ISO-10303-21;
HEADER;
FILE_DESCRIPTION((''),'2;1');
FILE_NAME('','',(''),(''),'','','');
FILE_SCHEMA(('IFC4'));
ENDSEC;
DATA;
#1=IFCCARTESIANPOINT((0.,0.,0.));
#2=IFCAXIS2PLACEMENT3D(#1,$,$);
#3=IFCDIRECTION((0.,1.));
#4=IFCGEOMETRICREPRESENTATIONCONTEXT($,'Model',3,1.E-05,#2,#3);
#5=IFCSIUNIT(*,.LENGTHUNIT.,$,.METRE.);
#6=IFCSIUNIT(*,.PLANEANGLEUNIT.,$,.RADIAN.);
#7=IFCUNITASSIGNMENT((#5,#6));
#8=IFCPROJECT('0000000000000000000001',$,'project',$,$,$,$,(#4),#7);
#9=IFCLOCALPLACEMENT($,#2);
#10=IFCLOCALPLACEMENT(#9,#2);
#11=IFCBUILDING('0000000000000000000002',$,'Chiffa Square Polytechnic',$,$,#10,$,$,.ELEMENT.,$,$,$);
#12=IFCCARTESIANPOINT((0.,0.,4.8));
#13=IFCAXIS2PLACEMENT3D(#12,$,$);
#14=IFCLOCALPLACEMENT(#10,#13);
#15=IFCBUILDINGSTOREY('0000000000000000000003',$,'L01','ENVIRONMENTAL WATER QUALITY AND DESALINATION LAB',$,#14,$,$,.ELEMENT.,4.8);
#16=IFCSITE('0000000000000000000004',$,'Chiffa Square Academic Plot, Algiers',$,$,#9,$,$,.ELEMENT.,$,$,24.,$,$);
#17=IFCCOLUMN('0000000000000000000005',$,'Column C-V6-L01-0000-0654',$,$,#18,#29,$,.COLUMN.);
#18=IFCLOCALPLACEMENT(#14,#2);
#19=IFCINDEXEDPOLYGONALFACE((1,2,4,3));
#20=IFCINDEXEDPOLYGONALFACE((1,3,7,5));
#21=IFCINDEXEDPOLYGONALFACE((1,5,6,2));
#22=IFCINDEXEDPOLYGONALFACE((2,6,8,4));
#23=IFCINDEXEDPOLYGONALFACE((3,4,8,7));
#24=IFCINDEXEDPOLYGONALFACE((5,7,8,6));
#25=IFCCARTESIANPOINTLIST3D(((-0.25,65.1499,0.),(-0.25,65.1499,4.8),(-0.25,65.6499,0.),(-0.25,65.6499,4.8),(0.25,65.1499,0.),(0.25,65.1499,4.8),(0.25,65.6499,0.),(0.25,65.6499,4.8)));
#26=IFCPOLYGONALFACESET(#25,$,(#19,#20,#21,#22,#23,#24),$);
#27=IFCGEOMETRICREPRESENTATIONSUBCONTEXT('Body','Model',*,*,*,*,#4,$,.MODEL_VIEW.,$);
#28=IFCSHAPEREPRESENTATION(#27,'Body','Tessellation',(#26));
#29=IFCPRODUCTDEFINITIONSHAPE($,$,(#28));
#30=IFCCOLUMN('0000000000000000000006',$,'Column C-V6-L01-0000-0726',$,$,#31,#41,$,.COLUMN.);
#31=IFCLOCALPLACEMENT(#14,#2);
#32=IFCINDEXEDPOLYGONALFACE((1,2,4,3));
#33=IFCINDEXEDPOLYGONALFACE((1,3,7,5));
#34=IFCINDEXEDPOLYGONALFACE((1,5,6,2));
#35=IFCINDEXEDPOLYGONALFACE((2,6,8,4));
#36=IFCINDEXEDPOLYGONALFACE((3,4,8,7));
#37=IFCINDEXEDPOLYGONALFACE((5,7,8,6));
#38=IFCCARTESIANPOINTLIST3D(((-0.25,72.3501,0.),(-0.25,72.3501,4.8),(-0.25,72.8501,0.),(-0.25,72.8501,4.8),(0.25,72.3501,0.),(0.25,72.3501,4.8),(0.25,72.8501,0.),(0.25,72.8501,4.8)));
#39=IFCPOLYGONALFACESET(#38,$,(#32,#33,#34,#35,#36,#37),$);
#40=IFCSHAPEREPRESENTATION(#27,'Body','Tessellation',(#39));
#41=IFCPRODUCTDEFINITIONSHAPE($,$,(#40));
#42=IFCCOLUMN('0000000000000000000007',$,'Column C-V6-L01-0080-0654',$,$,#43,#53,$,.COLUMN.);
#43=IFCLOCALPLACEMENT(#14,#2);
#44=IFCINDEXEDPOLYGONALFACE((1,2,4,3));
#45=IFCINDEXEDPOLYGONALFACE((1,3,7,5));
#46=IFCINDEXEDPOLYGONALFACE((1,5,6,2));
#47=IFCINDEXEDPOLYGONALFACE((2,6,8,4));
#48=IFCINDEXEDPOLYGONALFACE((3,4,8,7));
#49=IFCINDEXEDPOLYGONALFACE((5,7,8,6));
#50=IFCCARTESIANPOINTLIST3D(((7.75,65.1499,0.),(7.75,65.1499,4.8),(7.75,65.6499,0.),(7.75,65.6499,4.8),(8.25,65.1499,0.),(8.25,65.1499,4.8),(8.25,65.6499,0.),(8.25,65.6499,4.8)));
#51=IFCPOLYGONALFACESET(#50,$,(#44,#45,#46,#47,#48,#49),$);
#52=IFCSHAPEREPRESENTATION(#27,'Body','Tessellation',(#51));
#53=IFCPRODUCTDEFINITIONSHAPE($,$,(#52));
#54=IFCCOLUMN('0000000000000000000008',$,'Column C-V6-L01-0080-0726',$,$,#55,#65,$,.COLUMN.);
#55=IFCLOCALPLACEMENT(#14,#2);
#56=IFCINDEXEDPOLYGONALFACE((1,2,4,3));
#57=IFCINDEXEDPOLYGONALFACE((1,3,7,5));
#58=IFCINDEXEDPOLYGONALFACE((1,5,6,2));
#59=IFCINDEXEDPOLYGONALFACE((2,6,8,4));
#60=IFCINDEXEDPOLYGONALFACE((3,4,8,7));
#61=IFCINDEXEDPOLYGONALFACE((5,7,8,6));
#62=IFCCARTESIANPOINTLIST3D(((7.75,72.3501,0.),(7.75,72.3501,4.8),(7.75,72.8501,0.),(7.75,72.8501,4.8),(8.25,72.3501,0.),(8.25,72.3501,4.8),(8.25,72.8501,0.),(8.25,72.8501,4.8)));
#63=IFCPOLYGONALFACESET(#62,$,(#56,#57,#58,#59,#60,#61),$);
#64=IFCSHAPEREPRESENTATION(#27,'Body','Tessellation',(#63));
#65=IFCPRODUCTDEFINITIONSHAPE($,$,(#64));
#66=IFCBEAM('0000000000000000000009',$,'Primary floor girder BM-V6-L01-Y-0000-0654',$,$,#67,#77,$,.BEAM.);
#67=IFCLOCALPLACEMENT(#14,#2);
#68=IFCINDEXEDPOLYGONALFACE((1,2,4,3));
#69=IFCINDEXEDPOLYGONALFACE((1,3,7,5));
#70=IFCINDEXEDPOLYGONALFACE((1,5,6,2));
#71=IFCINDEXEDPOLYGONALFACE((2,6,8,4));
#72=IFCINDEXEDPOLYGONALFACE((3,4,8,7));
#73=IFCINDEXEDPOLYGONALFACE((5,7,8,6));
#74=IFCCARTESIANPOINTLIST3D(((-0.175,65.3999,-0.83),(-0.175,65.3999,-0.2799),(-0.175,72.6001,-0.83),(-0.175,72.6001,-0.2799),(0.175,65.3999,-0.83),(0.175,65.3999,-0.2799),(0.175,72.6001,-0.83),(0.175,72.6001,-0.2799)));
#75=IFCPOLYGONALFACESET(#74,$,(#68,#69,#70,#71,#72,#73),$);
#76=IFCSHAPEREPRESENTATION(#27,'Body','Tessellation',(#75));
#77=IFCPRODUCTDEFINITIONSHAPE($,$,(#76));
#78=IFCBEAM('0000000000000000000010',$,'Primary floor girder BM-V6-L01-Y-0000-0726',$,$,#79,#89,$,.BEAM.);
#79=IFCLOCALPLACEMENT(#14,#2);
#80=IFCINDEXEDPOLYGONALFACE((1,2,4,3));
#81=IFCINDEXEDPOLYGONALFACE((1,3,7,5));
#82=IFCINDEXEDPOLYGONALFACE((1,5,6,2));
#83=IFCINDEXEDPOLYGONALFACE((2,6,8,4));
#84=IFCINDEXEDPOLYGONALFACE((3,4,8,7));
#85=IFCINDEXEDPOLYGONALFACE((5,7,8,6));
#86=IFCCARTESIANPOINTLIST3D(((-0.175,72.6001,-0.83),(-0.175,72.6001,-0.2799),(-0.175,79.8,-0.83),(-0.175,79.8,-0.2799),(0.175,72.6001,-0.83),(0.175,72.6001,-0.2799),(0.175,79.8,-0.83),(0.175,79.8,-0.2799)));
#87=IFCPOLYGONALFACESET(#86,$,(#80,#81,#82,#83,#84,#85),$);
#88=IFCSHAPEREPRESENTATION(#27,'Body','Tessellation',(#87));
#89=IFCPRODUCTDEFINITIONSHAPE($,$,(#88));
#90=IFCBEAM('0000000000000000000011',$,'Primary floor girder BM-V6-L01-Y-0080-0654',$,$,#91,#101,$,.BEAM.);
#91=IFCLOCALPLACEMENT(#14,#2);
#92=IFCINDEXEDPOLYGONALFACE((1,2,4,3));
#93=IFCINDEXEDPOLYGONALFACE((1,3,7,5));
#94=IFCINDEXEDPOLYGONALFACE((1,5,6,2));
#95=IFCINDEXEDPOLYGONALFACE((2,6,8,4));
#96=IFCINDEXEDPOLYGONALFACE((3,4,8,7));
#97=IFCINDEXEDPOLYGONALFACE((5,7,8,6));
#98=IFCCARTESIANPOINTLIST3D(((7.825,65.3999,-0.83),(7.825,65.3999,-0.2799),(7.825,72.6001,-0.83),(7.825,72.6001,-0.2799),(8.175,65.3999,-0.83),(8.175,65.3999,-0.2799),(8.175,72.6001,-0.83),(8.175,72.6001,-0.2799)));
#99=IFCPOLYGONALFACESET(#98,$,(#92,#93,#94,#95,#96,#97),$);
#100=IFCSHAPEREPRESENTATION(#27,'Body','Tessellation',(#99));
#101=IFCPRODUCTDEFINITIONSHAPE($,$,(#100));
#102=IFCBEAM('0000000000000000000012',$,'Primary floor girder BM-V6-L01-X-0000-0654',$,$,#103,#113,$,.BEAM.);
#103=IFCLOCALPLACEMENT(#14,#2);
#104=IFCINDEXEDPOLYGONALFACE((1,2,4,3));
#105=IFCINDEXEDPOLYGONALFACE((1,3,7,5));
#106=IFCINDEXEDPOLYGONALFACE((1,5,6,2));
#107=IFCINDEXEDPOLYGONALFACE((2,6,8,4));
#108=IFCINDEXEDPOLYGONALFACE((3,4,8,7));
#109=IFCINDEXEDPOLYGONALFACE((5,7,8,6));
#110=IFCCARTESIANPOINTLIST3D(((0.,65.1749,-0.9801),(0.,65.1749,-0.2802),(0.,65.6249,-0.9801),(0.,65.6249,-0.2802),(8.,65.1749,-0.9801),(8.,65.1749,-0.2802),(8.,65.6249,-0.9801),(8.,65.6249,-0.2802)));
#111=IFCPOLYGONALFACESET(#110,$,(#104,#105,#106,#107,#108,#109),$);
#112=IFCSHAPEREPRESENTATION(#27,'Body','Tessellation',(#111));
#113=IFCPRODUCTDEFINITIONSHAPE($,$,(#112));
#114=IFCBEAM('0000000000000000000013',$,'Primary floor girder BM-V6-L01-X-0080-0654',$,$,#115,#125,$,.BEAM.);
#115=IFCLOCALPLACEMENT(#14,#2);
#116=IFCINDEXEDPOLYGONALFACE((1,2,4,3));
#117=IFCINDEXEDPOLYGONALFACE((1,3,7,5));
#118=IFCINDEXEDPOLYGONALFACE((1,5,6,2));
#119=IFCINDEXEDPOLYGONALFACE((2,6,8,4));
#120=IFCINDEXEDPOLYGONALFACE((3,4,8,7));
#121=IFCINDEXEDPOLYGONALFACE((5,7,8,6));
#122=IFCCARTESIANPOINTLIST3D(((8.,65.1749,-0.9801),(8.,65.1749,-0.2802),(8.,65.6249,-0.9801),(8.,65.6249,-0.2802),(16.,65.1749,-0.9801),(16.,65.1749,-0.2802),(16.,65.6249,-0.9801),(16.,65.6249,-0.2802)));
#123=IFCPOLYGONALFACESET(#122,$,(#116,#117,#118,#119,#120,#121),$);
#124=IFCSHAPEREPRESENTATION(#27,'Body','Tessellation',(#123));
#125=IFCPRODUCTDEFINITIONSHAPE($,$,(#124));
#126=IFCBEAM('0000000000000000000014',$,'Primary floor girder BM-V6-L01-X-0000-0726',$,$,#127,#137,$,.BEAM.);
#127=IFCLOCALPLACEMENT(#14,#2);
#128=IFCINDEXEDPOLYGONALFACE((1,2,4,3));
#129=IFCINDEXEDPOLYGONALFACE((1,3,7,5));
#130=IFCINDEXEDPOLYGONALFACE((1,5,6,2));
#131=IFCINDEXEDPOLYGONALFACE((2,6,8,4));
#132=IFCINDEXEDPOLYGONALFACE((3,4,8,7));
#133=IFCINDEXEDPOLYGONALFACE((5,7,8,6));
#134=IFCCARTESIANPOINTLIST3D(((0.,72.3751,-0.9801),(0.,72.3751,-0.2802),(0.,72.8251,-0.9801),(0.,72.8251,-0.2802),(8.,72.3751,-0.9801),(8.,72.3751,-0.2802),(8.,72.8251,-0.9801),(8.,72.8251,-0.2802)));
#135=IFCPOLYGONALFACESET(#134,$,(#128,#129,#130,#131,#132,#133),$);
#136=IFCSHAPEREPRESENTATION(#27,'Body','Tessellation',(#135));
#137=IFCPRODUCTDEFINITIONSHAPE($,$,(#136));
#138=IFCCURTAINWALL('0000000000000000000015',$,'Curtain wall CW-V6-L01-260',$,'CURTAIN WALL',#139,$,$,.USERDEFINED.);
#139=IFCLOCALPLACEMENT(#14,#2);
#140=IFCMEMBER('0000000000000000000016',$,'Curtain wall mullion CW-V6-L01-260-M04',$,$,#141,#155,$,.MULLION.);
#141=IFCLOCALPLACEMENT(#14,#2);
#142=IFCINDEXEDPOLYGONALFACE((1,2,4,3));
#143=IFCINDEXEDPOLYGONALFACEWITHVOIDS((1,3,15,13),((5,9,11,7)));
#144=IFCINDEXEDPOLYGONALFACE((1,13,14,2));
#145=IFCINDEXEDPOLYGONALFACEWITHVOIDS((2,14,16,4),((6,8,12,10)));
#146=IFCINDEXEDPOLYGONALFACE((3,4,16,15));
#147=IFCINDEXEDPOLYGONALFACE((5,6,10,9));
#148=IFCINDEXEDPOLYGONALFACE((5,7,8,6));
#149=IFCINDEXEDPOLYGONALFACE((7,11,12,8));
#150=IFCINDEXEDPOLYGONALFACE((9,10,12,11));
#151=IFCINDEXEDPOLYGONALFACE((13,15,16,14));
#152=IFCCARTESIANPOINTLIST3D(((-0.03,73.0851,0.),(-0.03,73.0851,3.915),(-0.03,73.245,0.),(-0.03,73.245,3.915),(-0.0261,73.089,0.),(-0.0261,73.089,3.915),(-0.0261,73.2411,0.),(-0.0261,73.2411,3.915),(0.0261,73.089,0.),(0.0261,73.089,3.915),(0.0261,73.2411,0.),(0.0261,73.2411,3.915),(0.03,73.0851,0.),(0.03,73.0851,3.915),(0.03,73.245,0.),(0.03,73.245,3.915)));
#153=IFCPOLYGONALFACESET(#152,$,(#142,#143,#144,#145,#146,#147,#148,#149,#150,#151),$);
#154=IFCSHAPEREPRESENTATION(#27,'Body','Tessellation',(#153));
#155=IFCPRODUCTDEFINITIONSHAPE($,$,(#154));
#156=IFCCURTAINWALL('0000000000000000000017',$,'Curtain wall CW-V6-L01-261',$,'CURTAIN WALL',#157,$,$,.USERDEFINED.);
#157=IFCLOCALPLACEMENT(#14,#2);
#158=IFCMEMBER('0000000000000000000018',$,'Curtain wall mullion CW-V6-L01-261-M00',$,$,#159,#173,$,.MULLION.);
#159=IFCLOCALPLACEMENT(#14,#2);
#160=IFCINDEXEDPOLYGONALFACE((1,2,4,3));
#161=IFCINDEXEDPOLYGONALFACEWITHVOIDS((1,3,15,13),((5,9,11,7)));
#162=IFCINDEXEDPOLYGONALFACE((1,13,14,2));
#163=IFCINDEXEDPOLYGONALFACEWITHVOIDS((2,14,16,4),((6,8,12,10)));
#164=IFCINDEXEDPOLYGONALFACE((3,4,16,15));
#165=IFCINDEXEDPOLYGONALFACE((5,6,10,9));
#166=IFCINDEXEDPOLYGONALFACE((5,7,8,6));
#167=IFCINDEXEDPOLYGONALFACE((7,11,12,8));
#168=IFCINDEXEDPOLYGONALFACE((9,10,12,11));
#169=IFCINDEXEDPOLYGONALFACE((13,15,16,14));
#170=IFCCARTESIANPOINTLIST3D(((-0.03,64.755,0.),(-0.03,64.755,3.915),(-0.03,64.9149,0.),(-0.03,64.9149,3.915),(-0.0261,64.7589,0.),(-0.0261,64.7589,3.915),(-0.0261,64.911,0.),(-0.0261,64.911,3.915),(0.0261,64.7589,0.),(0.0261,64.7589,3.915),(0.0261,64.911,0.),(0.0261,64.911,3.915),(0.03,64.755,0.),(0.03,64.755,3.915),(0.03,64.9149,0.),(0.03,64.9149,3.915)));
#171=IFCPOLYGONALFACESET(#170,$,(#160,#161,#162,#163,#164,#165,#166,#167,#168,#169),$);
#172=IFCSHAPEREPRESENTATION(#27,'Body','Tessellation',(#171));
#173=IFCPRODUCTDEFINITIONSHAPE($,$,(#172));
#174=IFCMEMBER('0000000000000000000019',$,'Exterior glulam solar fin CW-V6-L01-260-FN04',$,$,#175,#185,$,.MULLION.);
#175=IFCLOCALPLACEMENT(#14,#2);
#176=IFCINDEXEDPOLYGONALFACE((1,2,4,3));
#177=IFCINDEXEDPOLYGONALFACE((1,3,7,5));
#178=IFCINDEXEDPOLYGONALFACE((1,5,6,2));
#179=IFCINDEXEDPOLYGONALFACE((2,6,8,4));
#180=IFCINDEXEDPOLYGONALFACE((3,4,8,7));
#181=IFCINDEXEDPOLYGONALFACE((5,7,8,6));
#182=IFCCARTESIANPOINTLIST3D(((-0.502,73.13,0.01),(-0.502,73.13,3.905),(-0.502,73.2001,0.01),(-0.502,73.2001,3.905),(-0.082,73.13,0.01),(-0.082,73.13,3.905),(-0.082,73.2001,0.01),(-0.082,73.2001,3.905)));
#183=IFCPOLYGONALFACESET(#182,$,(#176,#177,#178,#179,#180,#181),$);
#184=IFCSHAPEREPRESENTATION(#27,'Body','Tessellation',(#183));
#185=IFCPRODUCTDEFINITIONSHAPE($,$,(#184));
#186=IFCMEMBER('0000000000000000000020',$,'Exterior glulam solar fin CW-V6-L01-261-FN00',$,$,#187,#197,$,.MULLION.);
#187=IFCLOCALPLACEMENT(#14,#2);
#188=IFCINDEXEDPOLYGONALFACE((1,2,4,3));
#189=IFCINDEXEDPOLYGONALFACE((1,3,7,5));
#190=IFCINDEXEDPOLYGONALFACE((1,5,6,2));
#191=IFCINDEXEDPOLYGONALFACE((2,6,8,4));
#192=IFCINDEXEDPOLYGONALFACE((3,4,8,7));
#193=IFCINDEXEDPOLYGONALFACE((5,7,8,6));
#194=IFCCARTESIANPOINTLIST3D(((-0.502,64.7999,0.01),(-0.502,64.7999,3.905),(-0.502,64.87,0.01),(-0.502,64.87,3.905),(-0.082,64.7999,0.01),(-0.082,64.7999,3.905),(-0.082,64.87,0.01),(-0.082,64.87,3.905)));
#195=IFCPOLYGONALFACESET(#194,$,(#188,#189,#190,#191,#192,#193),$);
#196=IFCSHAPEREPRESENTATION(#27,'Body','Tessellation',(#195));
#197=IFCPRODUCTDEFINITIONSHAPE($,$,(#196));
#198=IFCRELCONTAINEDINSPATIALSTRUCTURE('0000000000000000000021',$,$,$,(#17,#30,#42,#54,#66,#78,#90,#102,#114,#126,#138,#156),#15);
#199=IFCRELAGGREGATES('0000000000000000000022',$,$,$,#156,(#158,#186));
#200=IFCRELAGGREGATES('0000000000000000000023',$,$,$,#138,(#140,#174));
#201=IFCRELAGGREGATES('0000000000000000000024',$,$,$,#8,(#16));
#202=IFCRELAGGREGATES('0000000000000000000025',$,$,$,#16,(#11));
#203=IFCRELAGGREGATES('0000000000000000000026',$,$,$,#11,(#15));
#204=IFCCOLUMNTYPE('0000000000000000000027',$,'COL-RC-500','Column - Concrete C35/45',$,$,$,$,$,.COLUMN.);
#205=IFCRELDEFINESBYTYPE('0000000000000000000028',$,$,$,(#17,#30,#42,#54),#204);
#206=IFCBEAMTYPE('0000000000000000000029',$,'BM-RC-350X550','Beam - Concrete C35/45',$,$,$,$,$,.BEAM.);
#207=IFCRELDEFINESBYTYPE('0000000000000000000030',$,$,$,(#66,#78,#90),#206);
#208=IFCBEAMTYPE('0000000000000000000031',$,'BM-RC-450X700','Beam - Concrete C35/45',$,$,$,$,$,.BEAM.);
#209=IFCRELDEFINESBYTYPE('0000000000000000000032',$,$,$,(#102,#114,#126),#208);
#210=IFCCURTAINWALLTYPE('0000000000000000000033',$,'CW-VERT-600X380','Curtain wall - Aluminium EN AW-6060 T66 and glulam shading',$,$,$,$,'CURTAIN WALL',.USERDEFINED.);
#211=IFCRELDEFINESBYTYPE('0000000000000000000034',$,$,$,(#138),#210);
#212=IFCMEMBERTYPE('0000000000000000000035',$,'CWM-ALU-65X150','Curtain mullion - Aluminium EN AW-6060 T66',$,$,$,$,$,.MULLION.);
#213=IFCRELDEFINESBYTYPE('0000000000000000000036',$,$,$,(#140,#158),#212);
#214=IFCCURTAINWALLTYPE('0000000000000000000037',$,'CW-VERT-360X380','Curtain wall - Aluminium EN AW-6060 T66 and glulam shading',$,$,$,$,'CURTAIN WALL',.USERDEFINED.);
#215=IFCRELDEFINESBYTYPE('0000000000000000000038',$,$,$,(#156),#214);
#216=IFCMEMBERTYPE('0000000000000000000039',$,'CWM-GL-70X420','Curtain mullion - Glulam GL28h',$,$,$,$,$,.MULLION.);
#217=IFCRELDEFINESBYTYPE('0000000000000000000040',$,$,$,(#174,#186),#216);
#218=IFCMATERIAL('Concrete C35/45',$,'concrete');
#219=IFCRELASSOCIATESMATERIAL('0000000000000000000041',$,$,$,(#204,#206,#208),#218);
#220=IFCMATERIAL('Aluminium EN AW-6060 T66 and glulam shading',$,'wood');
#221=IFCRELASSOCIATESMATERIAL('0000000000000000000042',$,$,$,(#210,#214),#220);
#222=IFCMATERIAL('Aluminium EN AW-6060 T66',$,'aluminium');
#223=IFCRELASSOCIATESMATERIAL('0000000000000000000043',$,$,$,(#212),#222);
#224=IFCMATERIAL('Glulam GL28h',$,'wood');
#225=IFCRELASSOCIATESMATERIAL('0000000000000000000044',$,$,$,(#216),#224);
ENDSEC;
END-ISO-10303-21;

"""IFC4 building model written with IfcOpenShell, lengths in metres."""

from ifc_helpers import new_model, si_unit, direction, frame, origin, origin_2d, place, context, subcontext, project, spatial, rectangle, hollow_rectangle, extrude, material, material_profile, profile_set, type_object, element, aggregate, save


model = new_model("IFC4")

# Units and contexts
model_context = context("Model", 3, precision=1e-05, world=origin(), true_north=direction((0.0, 1.0)))
body_context = subcontext(model_context, "Body", "Model", "MODEL_VIEW")
ifc_project = project(units=[si_unit("LENGTHUNIT", "METRE"), si_unit("PLANEANGLEUNIT", "RADIAN")], contexts=[model_context])

# Site, building, storey
site_placement = place(None, origin())
site = spatial("IfcSite", under=ifc_project, at=site_placement, Name="Chiffa Square Academic Plot, Algiers", CompositionType="ELEMENT", RefElevation=24.0)
building_placement = place(site_placement, origin())
building = spatial("IfcBuilding", under=site, at=building_placement, Name="Chiffa Square Polytechnic", CompositionType="ELEMENT")
storey_placement = place(building_placement, frame((0.0, 0.0, 4.8)))
storey = spatial("IfcBuildingStorey", under=building, at=storey_placement, Name="L01", Description="ENVIRONMENTAL WATER QUALITY AND DESALINATION LAB", CompositionType="ELEMENT", Elevation=4.8)

# Columns
ifc_material_1 = material(Name="Concrete C35/45", Category="concrete")
ifc_material_profile_1 = material_profile(ifc_material_1, rectangle(XDim=0.5, YDim=0.5, at=origin_2d()), Name="RC 500x500")
ifc_profile_set_1 = profile_set([ifc_material_profile_1], Name="Concrete C35/45")
column_type = type_object("IfcColumnType", Name="COL-RC-500", Description="Column - Concrete C35/45", PredefinedType="COLUMN", material=ifc_profile_set_1)
for number, where, z_axis, x_axis, name in (
    (1, (0.0, 65.3999, 0.0), (0.0, 0.0, 1.0), (1.0, 0.0, 0.0), "Column C-V6-L01-0000-0654"),
    (2, (0.0, 72.6001, 0.0), (0.0, 0.0, 1.0), (1.0, 0.0, 0.0), "Column C-V6-L01-0000-0726"),
    (3, (8.0, 65.3999, 0.0), (0.0, 0.0, 1.0), (1.0, 0.0, 0.0), "Column C-V6-L01-0080-0654"),
    (4, (8.0, 72.6001, 0.0), (0.0, 0.0, 1.0), (1.0, 0.0, 0.0), "Column C-V6-L01-0080-0726"),
):
    element("IfcColumn", number, at=place(storey_placement, frame(where, z_axis=z_axis, x_axis=x_axis)), inside=storey, type_object=column_type, Name=name, PredefinedType="COLUMN", context=body_context, shape_type="SweptSolid", body=[
        extrude(rectangle(XDim=0.5, YDim=0.5, at=origin_2d()), origin(), (0.0, 0.0, 1.0), 4.8),
    ])

# Beams
ifc_material_profile_2 = material_profile(ifc_material_1, rectangle(XDim=0.3501, YDim=0.55, at=origin_2d()), Name="RC 350x550")
ifc_profile_set_2 = profile_set([ifc_material_profile_2], Name="Concrete C35/45")
beam_type_1 = type_object("IfcBeamType", Name="BM-RC-350X550", Description="Beam - Concrete C35/45", PredefinedType="BEAM", material=ifc_profile_set_2)
beam_1_placement = place(storey_placement, frame((0.0, 65.3999, -0.5549), z_axis=(0.0, 1.0, 0.0), x_axis=(-1.0, 0.0, 0.0)))
element("IfcBeam", 5, at=beam_1_placement, inside=storey, type_object=beam_type_1, Name="Primary floor girder BM-V6-L01-Y-0000-0654", PredefinedType="BEAM", context=body_context, shape_type="SweptSolid", body=[
    extrude(rectangle(XDim=0.3501, YDim=0.55, at=origin_2d()), origin(), (0.0, 0.0, 1.0), 7.2002),
])
beam_2_placement = place(storey_placement, frame((0.0, 72.6001, -0.5549), z_axis=(0.0, 1.0, 0.0), x_axis=(-1.0, 0.0, 0.0)))
element("IfcBeam", 6, at=beam_2_placement, inside=storey, type_object=beam_type_1, Name="Primary floor girder BM-V6-L01-Y-0000-0726", PredefinedType="BEAM", context=body_context, shape_type="SweptSolid", body=[
    extrude(rectangle(XDim=0.3501, YDim=0.55, at=origin_2d()), origin(), (0.0, 0.0, 1.0), 7.2),
])
beam_3_placement = place(storey_placement, frame((8.0, 65.3999, -0.5549), z_axis=(0.0, 1.0, 0.0), x_axis=(-1.0, 0.0, 0.0)))
element("IfcBeam", 7, at=beam_3_placement, inside=storey, type_object=beam_type_1, Name="Primary floor girder BM-V6-L01-Y-0080-0654", PredefinedType="BEAM", context=body_context, shape_type="SweptSolid", body=[
    extrude(rectangle(XDim=0.3501, YDim=0.55, at=origin_2d()), origin(), (0.0, 0.0, 1.0), 7.2002),
])
ifc_material_profile_3 = material_profile(ifc_material_1, rectangle(XDim=0.45, YDim=0.7, at=origin_2d()), Name="RC 450x700")
ifc_profile_set_3 = profile_set([ifc_material_profile_3], Name="Concrete C35/45")
beam_type_2 = type_object("IfcBeamType", Name="BM-RC-450X700", Description="Beam - Concrete C35/45", PredefinedType="BEAM", material=ifc_profile_set_3)
for number, where, z_axis, x_axis, name in (
    (8, (0.0, 65.3999, -0.6301), (1.0, 0.0, 0.0), (0.0, 1.0, 0.0), "Primary floor girder BM-V6-L01-X-0000-0654"),
    (9, (8.0, 65.3999, -0.6301), (1.0, 0.0, 0.0), (0.0, 1.0, 0.0), "Primary floor girder BM-V6-L01-X-0080-0654"),
    (10, (0.0, 72.6001, -0.6301), (1.0, 0.0, 0.0), (0.0, 1.0, 0.0), "Primary floor girder BM-V6-L01-X-0000-0726"),
):
    element("IfcBeam", number, at=place(storey_placement, frame(where, z_axis=z_axis, x_axis=x_axis)), inside=storey, type_object=beam_type_2, Name=name, PredefinedType="BEAM", context=body_context, shape_type="SweptSolid", body=[
        extrude(rectangle(XDim=0.45, YDim=0.7, at=origin_2d()), origin(), (0.0, 0.0, 1.0), 8.0),
    ])

# Curtain walls, members
ifc_material_2 = material(Name="Aluminium EN AW-6060 T66 and glulam shading", Category="wood")
curtain_wall_type_1 = type_object("IfcCurtainWallType", Name="CW-VERT-600X380", Description="Curtain wall - Aluminium EN AW-6060 T66 and glulam shading", ElementType="CURTAIN WALL", PredefinedType="USERDEFINED", material=ifc_material_2)
curtain_wall_1_placement = place(storey_placement, origin())
curtain_wall_1 = element("IfcCurtainWall", 11, at=curtain_wall_1_placement, inside=storey, type_object=curtain_wall_type_1, Name="Curtain wall CW-V6-L01-260", ObjectType="CURTAIN WALL", PredefinedType="USERDEFINED")
ifc_material_3 = material(Name="Aluminium EN AW-6060 T66", Category="aluminium")
ifc_material_profile_4 = material_profile(ifc_material_3, hollow_rectangle(XDim=0.0601, YDim=0.1599, WallThickness=0.0039, at=origin_2d()), Name="ALU 60x160x4")
ifc_profile_set_4 = profile_set([ifc_material_profile_4], Name="Aluminium EN AW-6060 T66")
member_type_1 = type_object("IfcMemberType", Name="CWM-ALU-65X150", Description="Curtain mullion - Aluminium EN AW-6060 T66", PredefinedType="MULLION", material=ifc_profile_set_4)
member_1_placement = place(storey_placement, frame((0.0, 73.165, 0.0), z_axis=(0.0, 0.0, 1.0), x_axis=(1.0, 0.0, 0.0)))
member_1 = element("IfcMember", 12, at=member_1_placement, type_object=member_type_1, Name="Curtain wall mullion CW-V6-L01-260-M04", PredefinedType="MULLION", context=body_context, shape_type="SweptSolid", body=[
    extrude(hollow_rectangle(XDim=0.0601, YDim=0.1599, WallThickness=0.0039, at=origin_2d()), origin(), (0.0, 0.0, 1.0), 3.915),
])
curtain_wall_type_2 = type_object("IfcCurtainWallType", Name="CW-VERT-360X380", Description="Curtain wall - Aluminium EN AW-6060 T66 and glulam shading", ElementType="CURTAIN WALL", PredefinedType="USERDEFINED", material=ifc_material_2)
curtain_wall_2_placement = place(storey_placement, origin())
curtain_wall_2 = element("IfcCurtainWall", 13, at=curtain_wall_2_placement, inside=storey, type_object=curtain_wall_type_2, Name="Curtain wall CW-V6-L01-261", ObjectType="CURTAIN WALL", PredefinedType="USERDEFINED")
member_2_placement = place(storey_placement, frame((0.0, 64.835, 0.0), z_axis=(0.0, 0.0, 1.0), x_axis=(1.0, 0.0, 0.0)))
member_2 = element("IfcMember", 14, at=member_2_placement, type_object=member_type_1, Name="Curtain wall mullion CW-V6-L01-261-M00", PredefinedType="MULLION", context=body_context, shape_type="SweptSolid", body=[
    extrude(hollow_rectangle(XDim=0.0601, YDim=0.1599, WallThickness=0.0039, at=origin_2d()), origin(), (0.0, 0.0, 1.0), 3.915),
])

# Members
ifc_material_4 = material(Name="Glulam GL28h", Category="wood")
ifc_material_profile_5 = material_profile(ifc_material_4, rectangle(XDim=0.0701, YDim=0.4199, at=origin_2d()), Name="GL28h 70x420")
ifc_profile_set_5 = profile_set([ifc_material_profile_5], Name="Glulam GL28h")
member_type_2 = type_object("IfcMemberType", Name="CWM-GL-70X420", Description="Curtain mullion - Glulam GL28h", PredefinedType="MULLION", material=ifc_profile_set_5)
member_3_placement = place(storey_placement, frame((-0.292, 73.165, 0.01), z_axis=(0.0, 0.0, 1.0), x_axis=(0.0, -1.0, 0.0)))
member_3 = element("IfcMember", 15, at=member_3_placement, type_object=member_type_2, Name="Exterior glulam solar fin CW-V6-L01-260-FN04", PredefinedType="MULLION", context=body_context, shape_type="SweptSolid", body=[
    extrude(rectangle(XDim=0.0701, YDim=0.4199, at=origin_2d()), origin(), (0.0, 0.0, 1.0), 3.895),
])
member_4_placement = place(storey_placement, frame((-0.292, 64.835, 0.01), z_axis=(0.0, 0.0, 1.0), x_axis=(0.0, -1.0, 0.0)))
member_4 = element("IfcMember", 16, at=member_4_placement, type_object=member_type_2, Name="Exterior glulam solar fin CW-V6-L01-261-FN00", PredefinedType="MULLION", context=body_context, shape_type="SweptSolid", body=[
    extrude(rectangle(XDim=0.0701, YDim=0.4199, at=origin_2d()), origin(), (0.0, 0.0, 1.0), 3.895),
])

aggregate(curtain_wall_2, [member_2, member_4])
aggregate(curtain_wall_1, [member_1, member_3])

save(model, "model.ifc")
